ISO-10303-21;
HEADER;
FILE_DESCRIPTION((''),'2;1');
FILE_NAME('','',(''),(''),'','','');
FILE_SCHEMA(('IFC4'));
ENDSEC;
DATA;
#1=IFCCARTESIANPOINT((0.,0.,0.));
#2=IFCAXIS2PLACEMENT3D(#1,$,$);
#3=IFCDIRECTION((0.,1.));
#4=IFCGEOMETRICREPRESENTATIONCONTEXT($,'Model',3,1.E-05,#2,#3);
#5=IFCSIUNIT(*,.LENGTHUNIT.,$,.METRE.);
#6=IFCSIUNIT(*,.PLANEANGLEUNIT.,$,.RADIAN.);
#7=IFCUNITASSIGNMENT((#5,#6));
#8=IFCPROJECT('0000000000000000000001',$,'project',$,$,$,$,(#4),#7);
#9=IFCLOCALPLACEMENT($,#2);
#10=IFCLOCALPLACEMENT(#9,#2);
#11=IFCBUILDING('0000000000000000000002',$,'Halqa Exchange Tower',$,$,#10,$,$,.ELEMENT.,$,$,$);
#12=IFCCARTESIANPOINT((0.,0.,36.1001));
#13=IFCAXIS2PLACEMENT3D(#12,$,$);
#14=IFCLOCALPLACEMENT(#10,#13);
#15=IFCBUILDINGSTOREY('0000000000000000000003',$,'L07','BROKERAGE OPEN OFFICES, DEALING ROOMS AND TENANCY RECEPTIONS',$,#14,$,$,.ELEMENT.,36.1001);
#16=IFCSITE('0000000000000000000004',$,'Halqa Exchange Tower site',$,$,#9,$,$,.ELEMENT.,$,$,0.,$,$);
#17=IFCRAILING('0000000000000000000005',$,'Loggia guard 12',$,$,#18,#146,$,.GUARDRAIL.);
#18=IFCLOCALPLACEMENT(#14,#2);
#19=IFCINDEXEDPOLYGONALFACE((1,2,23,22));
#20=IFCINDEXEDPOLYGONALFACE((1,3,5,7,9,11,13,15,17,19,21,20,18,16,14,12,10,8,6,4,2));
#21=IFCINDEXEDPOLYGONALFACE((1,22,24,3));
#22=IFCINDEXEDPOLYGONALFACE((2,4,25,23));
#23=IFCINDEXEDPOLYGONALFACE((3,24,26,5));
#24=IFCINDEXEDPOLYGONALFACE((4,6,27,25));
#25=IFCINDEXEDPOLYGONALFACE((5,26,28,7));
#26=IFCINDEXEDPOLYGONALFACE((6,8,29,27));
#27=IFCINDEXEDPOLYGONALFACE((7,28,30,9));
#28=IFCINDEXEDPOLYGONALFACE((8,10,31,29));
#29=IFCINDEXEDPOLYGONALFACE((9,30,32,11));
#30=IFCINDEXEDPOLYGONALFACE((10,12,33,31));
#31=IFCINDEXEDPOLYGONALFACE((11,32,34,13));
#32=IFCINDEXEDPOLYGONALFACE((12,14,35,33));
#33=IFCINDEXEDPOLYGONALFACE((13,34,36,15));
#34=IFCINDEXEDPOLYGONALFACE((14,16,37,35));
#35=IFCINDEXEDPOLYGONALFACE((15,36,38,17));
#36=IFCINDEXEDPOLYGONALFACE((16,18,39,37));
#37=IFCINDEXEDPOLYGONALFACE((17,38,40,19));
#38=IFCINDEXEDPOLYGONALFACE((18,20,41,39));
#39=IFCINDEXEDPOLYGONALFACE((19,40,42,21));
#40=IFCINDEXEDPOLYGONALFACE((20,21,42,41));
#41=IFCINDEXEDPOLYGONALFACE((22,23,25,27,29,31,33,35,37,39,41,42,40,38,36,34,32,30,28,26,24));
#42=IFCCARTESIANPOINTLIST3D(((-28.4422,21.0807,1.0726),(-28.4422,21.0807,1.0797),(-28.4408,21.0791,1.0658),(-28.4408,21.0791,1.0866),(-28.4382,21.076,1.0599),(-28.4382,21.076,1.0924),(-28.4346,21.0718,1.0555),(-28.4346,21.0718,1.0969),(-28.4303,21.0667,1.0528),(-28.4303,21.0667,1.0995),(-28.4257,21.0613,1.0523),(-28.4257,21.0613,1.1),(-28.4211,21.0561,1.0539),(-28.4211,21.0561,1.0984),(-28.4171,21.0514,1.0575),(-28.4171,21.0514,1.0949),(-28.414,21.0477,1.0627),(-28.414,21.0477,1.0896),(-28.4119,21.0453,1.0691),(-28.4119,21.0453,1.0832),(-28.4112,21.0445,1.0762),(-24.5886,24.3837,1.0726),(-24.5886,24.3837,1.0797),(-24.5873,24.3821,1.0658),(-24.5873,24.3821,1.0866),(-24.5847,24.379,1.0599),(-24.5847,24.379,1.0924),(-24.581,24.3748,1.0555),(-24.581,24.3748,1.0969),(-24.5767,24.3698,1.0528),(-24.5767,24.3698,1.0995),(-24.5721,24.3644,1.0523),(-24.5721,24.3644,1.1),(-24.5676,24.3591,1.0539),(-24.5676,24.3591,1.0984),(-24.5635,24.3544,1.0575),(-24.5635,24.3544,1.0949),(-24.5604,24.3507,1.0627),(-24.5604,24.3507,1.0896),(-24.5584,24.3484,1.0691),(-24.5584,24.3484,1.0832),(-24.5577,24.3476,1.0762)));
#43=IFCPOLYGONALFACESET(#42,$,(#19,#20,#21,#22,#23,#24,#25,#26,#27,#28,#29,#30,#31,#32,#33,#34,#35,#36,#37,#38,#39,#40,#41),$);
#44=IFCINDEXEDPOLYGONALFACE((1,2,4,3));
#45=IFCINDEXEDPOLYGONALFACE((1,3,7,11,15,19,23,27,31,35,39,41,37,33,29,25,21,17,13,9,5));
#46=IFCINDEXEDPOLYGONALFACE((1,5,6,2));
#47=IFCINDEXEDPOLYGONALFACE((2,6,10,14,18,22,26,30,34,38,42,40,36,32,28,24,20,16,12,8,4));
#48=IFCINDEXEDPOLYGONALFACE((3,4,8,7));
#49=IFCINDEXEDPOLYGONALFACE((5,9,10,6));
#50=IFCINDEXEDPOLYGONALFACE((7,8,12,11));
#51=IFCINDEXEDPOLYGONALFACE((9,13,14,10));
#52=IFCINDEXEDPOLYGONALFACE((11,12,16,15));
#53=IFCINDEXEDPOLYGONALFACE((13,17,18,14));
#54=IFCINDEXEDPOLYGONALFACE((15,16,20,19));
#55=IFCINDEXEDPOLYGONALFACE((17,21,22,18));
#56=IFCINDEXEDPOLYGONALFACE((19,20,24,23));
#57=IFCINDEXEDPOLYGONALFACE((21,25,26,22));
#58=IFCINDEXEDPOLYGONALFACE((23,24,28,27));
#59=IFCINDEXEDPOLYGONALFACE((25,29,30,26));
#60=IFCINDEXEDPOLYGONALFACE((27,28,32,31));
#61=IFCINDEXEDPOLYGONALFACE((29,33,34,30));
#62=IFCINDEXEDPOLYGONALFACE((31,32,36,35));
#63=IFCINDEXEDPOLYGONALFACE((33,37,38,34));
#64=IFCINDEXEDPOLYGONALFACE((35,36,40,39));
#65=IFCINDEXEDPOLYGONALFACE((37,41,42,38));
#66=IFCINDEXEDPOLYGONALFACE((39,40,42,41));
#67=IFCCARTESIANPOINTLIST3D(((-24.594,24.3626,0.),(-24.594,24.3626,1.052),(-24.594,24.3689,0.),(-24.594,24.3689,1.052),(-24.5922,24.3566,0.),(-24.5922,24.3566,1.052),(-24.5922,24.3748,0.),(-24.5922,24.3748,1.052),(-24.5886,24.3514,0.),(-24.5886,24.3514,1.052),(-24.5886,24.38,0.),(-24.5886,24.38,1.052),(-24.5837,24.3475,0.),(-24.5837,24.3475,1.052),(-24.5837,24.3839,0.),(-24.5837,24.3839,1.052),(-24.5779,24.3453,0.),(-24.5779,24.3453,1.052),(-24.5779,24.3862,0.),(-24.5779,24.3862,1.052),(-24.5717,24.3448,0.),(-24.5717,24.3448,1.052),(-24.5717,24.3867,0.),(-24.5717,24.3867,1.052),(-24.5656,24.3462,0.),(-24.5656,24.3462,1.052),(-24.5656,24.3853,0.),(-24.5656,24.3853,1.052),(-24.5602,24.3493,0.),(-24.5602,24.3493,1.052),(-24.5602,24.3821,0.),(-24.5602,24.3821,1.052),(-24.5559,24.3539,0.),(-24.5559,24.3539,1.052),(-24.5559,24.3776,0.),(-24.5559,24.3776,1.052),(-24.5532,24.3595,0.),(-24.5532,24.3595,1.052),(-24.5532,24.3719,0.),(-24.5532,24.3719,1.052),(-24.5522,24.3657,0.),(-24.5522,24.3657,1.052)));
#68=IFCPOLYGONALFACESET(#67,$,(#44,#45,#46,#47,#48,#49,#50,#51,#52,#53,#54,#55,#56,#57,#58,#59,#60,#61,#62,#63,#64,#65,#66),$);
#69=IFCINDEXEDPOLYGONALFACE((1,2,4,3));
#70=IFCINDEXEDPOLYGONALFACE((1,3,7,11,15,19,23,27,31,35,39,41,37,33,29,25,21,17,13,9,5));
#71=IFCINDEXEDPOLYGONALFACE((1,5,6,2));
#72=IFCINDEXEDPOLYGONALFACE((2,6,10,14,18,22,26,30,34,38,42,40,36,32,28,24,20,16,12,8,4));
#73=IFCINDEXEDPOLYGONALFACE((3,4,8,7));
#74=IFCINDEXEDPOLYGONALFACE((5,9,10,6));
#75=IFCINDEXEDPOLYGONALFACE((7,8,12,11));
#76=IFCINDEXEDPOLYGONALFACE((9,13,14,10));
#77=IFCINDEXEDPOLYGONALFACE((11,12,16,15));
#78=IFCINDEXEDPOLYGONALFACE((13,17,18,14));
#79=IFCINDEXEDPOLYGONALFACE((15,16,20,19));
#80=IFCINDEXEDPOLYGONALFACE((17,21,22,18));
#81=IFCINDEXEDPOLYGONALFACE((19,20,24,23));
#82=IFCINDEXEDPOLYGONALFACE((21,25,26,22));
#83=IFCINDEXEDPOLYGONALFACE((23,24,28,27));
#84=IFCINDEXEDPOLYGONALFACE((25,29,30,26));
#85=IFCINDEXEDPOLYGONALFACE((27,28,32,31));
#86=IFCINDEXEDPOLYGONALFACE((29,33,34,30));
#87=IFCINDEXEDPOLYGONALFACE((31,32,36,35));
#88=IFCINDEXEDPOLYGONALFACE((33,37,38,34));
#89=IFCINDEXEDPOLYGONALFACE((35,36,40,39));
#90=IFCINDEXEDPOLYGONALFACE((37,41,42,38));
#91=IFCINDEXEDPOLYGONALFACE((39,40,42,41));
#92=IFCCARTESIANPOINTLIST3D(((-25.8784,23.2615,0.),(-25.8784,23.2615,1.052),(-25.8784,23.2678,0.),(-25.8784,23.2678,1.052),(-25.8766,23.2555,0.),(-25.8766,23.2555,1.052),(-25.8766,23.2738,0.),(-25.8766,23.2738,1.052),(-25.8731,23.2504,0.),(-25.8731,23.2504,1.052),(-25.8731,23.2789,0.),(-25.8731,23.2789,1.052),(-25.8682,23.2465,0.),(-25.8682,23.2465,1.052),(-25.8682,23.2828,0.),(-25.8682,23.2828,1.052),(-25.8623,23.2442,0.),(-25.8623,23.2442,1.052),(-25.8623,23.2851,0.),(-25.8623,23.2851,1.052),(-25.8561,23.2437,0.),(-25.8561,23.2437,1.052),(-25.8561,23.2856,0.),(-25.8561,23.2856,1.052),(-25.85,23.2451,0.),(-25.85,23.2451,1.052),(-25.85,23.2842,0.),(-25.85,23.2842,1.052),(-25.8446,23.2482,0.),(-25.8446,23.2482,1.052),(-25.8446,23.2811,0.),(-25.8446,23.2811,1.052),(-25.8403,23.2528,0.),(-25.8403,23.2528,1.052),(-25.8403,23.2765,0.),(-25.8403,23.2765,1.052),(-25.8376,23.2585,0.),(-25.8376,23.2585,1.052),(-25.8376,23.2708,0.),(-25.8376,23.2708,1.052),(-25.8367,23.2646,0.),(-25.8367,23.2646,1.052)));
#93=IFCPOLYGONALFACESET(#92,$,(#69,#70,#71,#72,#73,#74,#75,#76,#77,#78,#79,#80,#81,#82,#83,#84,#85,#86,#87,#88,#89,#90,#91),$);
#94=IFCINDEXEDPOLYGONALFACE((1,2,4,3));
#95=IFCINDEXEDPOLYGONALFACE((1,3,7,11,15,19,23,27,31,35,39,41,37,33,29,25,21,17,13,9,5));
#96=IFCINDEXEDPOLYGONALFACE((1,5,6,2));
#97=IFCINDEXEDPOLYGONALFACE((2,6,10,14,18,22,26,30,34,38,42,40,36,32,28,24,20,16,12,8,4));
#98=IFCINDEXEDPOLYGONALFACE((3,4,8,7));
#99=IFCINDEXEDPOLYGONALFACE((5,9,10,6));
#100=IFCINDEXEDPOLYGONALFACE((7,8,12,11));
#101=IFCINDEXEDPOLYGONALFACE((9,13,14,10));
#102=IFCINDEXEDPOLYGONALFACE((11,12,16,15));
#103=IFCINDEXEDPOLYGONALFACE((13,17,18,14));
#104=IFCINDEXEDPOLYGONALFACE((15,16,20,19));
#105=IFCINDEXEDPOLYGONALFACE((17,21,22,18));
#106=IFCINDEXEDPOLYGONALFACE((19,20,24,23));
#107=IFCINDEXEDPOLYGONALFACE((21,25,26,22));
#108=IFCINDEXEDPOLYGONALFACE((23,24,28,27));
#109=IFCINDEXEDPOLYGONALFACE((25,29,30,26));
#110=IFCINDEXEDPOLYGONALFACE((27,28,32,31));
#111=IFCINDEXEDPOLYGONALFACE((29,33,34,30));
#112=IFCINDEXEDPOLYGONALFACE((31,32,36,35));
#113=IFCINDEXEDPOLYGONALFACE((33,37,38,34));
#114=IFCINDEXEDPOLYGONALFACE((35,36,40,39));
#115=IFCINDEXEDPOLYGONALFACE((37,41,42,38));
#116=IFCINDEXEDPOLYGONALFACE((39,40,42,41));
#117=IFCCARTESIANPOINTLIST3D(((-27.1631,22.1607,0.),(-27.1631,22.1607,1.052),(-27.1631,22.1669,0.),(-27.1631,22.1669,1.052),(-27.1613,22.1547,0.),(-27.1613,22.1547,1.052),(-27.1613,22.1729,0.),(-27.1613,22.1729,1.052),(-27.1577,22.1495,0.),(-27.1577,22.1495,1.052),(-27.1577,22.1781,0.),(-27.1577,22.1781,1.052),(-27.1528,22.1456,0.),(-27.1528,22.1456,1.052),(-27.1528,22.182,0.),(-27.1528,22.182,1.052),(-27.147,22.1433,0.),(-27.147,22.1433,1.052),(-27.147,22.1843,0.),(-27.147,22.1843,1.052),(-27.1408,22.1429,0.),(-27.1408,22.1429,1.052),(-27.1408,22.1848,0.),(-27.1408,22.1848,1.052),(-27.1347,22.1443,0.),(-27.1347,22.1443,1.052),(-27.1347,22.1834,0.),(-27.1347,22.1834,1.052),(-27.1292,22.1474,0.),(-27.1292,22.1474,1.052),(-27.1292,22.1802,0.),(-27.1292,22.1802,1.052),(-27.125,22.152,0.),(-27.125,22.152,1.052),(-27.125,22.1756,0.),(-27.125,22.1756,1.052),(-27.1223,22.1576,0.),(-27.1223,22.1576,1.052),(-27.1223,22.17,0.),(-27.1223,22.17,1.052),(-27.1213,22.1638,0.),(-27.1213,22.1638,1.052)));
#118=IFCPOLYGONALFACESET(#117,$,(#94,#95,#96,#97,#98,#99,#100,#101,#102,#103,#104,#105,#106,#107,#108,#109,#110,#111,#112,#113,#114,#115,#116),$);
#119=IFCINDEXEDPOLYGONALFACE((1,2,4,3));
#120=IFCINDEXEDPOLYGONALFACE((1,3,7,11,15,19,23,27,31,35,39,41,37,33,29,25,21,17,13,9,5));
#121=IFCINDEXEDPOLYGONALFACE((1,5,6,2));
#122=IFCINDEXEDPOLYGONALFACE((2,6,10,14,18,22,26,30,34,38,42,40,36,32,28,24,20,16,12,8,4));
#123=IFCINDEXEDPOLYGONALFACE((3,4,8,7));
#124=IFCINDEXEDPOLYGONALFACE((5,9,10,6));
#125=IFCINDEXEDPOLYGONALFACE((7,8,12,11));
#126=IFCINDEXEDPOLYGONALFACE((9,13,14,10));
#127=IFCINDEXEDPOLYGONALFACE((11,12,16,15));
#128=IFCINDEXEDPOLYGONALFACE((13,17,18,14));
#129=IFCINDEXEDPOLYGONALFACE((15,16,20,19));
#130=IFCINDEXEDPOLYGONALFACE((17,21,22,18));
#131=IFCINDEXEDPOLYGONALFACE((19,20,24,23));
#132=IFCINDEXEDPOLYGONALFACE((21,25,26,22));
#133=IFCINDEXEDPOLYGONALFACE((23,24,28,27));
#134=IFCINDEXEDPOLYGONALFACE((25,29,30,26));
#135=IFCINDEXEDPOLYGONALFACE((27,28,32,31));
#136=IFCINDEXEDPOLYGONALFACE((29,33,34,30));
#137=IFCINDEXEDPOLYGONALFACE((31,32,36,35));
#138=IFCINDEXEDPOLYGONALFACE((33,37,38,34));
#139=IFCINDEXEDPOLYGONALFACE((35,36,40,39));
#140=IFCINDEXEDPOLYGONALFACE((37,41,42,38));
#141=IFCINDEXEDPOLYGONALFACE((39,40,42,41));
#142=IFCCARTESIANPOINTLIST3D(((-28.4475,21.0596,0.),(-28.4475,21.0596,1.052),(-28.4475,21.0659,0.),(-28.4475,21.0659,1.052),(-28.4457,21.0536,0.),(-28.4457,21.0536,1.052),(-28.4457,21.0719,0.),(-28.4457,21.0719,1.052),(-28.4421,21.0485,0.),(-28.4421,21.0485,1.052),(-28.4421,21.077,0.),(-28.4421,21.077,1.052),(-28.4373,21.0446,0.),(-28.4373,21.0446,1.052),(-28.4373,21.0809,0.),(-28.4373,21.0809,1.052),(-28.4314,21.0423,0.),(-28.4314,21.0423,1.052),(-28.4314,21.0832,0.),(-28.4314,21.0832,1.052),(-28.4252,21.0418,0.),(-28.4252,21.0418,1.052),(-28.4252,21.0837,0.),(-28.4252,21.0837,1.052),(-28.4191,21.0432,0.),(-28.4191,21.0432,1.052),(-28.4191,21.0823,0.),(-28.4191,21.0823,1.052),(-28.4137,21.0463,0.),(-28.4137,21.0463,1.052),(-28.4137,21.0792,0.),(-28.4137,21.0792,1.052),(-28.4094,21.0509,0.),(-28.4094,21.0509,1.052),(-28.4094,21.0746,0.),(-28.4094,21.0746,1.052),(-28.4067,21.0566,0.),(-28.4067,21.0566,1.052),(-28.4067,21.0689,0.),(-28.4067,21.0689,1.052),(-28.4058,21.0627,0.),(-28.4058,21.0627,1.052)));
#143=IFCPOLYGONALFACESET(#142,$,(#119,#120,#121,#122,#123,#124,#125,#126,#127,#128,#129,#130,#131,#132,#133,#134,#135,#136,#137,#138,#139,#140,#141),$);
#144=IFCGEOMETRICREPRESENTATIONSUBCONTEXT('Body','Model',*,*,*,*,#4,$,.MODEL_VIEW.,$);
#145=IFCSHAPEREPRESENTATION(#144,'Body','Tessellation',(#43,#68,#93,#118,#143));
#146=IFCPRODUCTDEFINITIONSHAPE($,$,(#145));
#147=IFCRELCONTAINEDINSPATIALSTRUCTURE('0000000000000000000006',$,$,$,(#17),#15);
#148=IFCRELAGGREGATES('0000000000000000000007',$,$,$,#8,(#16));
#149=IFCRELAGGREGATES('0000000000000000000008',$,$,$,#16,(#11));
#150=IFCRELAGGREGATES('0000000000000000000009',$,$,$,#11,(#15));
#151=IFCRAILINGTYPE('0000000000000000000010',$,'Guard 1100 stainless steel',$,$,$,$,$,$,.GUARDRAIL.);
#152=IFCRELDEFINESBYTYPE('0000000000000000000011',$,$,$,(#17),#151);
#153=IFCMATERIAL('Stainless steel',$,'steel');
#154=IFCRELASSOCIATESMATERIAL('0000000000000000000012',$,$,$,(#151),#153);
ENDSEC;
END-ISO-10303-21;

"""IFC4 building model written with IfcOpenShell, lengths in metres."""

from ifc_helpers import new_model, si_unit, direction, frame, origin, origin_2d, place, context, subcontext, project, spatial, circle, extrude, material, type_object, element, save


model = new_model("IFC4")

# Units and contexts
model_context = context("Model", 3, precision=1e-05, world=origin(), true_north=direction((0.0, 1.0)))
body_context = subcontext(model_context, "Body", "Model", "MODEL_VIEW")
ifc_project = project(units=[si_unit("LENGTHUNIT", "METRE"), si_unit("PLANEANGLEUNIT", "RADIAN")], contexts=[model_context])

# Site, building, storey
site_placement = place(None, origin())
site = spatial("IfcSite", under=ifc_project, at=site_placement, Name="Halqa Exchange Tower site", CompositionType="ELEMENT", RefElevation=0.0)
building_placement = place(site_placement, origin())
building = spatial("IfcBuilding", under=site, at=building_placement, Name="Halqa Exchange Tower", CompositionType="ELEMENT")
storey_placement = place(building_placement, frame((0.0, 0.0, 36.1001)))
storey = spatial("IfcBuildingStorey", under=building, at=storey_placement, Name="L07", Description="BROKERAGE OPEN OFFICES, DEALING ROOMS AND TENANCY RECEPTIONS", CompositionType="ELEMENT", Elevation=36.1001)

# Railing
ifc_material_1 = material(Name="Stainless steel", Category="steel")
railing_type = type_object("IfcRailingType", Name="Guard 1100 stainless steel", PredefinedType="GUARDRAIL", material=ifc_material_1)
railing_1_placement = place(storey_placement, frame((-24.5732, 24.3657, 0.0)))
element("IfcRailing", 1, at=railing_1_placement, inside=storey, type_object=railing_type, Name="Loggia guard 12", PredefinedType="GUARDRAIL", context=body_context, shape_type="SweptSolid", body=[
    extrude(circle(Radius=0.0239, at=origin_2d()), frame((0.0, 0.0, 1.0762), z_axis=(-0.75926, -0.650787, 0.0), x_axis=(0.650787, -0.75926, 0.0)), (0.0, 0.0, 1.0), 5.0754),
    extrude(circle(Radius=0.021, at=origin_2d()), origin(), (0.0, 0.0, 1.0), 1.052),
    extrude(circle(Radius=0.021, at=origin_2d()), frame((-1.2844, -1.1011, 0.0)), (0.0, 0.0, 1.0), 1.052),
    extrude(circle(Radius=0.021, at=origin_2d()), frame((-2.5691, -2.2019, 0.0)), (0.0, 0.0, 1.0), 1.052),
    extrude(circle(Radius=0.021, at=origin_2d()), frame((-3.8535, -3.303, 0.0)), (0.0, 0.0, 1.0), 1.052),
])

save(model, "model.ifc")
